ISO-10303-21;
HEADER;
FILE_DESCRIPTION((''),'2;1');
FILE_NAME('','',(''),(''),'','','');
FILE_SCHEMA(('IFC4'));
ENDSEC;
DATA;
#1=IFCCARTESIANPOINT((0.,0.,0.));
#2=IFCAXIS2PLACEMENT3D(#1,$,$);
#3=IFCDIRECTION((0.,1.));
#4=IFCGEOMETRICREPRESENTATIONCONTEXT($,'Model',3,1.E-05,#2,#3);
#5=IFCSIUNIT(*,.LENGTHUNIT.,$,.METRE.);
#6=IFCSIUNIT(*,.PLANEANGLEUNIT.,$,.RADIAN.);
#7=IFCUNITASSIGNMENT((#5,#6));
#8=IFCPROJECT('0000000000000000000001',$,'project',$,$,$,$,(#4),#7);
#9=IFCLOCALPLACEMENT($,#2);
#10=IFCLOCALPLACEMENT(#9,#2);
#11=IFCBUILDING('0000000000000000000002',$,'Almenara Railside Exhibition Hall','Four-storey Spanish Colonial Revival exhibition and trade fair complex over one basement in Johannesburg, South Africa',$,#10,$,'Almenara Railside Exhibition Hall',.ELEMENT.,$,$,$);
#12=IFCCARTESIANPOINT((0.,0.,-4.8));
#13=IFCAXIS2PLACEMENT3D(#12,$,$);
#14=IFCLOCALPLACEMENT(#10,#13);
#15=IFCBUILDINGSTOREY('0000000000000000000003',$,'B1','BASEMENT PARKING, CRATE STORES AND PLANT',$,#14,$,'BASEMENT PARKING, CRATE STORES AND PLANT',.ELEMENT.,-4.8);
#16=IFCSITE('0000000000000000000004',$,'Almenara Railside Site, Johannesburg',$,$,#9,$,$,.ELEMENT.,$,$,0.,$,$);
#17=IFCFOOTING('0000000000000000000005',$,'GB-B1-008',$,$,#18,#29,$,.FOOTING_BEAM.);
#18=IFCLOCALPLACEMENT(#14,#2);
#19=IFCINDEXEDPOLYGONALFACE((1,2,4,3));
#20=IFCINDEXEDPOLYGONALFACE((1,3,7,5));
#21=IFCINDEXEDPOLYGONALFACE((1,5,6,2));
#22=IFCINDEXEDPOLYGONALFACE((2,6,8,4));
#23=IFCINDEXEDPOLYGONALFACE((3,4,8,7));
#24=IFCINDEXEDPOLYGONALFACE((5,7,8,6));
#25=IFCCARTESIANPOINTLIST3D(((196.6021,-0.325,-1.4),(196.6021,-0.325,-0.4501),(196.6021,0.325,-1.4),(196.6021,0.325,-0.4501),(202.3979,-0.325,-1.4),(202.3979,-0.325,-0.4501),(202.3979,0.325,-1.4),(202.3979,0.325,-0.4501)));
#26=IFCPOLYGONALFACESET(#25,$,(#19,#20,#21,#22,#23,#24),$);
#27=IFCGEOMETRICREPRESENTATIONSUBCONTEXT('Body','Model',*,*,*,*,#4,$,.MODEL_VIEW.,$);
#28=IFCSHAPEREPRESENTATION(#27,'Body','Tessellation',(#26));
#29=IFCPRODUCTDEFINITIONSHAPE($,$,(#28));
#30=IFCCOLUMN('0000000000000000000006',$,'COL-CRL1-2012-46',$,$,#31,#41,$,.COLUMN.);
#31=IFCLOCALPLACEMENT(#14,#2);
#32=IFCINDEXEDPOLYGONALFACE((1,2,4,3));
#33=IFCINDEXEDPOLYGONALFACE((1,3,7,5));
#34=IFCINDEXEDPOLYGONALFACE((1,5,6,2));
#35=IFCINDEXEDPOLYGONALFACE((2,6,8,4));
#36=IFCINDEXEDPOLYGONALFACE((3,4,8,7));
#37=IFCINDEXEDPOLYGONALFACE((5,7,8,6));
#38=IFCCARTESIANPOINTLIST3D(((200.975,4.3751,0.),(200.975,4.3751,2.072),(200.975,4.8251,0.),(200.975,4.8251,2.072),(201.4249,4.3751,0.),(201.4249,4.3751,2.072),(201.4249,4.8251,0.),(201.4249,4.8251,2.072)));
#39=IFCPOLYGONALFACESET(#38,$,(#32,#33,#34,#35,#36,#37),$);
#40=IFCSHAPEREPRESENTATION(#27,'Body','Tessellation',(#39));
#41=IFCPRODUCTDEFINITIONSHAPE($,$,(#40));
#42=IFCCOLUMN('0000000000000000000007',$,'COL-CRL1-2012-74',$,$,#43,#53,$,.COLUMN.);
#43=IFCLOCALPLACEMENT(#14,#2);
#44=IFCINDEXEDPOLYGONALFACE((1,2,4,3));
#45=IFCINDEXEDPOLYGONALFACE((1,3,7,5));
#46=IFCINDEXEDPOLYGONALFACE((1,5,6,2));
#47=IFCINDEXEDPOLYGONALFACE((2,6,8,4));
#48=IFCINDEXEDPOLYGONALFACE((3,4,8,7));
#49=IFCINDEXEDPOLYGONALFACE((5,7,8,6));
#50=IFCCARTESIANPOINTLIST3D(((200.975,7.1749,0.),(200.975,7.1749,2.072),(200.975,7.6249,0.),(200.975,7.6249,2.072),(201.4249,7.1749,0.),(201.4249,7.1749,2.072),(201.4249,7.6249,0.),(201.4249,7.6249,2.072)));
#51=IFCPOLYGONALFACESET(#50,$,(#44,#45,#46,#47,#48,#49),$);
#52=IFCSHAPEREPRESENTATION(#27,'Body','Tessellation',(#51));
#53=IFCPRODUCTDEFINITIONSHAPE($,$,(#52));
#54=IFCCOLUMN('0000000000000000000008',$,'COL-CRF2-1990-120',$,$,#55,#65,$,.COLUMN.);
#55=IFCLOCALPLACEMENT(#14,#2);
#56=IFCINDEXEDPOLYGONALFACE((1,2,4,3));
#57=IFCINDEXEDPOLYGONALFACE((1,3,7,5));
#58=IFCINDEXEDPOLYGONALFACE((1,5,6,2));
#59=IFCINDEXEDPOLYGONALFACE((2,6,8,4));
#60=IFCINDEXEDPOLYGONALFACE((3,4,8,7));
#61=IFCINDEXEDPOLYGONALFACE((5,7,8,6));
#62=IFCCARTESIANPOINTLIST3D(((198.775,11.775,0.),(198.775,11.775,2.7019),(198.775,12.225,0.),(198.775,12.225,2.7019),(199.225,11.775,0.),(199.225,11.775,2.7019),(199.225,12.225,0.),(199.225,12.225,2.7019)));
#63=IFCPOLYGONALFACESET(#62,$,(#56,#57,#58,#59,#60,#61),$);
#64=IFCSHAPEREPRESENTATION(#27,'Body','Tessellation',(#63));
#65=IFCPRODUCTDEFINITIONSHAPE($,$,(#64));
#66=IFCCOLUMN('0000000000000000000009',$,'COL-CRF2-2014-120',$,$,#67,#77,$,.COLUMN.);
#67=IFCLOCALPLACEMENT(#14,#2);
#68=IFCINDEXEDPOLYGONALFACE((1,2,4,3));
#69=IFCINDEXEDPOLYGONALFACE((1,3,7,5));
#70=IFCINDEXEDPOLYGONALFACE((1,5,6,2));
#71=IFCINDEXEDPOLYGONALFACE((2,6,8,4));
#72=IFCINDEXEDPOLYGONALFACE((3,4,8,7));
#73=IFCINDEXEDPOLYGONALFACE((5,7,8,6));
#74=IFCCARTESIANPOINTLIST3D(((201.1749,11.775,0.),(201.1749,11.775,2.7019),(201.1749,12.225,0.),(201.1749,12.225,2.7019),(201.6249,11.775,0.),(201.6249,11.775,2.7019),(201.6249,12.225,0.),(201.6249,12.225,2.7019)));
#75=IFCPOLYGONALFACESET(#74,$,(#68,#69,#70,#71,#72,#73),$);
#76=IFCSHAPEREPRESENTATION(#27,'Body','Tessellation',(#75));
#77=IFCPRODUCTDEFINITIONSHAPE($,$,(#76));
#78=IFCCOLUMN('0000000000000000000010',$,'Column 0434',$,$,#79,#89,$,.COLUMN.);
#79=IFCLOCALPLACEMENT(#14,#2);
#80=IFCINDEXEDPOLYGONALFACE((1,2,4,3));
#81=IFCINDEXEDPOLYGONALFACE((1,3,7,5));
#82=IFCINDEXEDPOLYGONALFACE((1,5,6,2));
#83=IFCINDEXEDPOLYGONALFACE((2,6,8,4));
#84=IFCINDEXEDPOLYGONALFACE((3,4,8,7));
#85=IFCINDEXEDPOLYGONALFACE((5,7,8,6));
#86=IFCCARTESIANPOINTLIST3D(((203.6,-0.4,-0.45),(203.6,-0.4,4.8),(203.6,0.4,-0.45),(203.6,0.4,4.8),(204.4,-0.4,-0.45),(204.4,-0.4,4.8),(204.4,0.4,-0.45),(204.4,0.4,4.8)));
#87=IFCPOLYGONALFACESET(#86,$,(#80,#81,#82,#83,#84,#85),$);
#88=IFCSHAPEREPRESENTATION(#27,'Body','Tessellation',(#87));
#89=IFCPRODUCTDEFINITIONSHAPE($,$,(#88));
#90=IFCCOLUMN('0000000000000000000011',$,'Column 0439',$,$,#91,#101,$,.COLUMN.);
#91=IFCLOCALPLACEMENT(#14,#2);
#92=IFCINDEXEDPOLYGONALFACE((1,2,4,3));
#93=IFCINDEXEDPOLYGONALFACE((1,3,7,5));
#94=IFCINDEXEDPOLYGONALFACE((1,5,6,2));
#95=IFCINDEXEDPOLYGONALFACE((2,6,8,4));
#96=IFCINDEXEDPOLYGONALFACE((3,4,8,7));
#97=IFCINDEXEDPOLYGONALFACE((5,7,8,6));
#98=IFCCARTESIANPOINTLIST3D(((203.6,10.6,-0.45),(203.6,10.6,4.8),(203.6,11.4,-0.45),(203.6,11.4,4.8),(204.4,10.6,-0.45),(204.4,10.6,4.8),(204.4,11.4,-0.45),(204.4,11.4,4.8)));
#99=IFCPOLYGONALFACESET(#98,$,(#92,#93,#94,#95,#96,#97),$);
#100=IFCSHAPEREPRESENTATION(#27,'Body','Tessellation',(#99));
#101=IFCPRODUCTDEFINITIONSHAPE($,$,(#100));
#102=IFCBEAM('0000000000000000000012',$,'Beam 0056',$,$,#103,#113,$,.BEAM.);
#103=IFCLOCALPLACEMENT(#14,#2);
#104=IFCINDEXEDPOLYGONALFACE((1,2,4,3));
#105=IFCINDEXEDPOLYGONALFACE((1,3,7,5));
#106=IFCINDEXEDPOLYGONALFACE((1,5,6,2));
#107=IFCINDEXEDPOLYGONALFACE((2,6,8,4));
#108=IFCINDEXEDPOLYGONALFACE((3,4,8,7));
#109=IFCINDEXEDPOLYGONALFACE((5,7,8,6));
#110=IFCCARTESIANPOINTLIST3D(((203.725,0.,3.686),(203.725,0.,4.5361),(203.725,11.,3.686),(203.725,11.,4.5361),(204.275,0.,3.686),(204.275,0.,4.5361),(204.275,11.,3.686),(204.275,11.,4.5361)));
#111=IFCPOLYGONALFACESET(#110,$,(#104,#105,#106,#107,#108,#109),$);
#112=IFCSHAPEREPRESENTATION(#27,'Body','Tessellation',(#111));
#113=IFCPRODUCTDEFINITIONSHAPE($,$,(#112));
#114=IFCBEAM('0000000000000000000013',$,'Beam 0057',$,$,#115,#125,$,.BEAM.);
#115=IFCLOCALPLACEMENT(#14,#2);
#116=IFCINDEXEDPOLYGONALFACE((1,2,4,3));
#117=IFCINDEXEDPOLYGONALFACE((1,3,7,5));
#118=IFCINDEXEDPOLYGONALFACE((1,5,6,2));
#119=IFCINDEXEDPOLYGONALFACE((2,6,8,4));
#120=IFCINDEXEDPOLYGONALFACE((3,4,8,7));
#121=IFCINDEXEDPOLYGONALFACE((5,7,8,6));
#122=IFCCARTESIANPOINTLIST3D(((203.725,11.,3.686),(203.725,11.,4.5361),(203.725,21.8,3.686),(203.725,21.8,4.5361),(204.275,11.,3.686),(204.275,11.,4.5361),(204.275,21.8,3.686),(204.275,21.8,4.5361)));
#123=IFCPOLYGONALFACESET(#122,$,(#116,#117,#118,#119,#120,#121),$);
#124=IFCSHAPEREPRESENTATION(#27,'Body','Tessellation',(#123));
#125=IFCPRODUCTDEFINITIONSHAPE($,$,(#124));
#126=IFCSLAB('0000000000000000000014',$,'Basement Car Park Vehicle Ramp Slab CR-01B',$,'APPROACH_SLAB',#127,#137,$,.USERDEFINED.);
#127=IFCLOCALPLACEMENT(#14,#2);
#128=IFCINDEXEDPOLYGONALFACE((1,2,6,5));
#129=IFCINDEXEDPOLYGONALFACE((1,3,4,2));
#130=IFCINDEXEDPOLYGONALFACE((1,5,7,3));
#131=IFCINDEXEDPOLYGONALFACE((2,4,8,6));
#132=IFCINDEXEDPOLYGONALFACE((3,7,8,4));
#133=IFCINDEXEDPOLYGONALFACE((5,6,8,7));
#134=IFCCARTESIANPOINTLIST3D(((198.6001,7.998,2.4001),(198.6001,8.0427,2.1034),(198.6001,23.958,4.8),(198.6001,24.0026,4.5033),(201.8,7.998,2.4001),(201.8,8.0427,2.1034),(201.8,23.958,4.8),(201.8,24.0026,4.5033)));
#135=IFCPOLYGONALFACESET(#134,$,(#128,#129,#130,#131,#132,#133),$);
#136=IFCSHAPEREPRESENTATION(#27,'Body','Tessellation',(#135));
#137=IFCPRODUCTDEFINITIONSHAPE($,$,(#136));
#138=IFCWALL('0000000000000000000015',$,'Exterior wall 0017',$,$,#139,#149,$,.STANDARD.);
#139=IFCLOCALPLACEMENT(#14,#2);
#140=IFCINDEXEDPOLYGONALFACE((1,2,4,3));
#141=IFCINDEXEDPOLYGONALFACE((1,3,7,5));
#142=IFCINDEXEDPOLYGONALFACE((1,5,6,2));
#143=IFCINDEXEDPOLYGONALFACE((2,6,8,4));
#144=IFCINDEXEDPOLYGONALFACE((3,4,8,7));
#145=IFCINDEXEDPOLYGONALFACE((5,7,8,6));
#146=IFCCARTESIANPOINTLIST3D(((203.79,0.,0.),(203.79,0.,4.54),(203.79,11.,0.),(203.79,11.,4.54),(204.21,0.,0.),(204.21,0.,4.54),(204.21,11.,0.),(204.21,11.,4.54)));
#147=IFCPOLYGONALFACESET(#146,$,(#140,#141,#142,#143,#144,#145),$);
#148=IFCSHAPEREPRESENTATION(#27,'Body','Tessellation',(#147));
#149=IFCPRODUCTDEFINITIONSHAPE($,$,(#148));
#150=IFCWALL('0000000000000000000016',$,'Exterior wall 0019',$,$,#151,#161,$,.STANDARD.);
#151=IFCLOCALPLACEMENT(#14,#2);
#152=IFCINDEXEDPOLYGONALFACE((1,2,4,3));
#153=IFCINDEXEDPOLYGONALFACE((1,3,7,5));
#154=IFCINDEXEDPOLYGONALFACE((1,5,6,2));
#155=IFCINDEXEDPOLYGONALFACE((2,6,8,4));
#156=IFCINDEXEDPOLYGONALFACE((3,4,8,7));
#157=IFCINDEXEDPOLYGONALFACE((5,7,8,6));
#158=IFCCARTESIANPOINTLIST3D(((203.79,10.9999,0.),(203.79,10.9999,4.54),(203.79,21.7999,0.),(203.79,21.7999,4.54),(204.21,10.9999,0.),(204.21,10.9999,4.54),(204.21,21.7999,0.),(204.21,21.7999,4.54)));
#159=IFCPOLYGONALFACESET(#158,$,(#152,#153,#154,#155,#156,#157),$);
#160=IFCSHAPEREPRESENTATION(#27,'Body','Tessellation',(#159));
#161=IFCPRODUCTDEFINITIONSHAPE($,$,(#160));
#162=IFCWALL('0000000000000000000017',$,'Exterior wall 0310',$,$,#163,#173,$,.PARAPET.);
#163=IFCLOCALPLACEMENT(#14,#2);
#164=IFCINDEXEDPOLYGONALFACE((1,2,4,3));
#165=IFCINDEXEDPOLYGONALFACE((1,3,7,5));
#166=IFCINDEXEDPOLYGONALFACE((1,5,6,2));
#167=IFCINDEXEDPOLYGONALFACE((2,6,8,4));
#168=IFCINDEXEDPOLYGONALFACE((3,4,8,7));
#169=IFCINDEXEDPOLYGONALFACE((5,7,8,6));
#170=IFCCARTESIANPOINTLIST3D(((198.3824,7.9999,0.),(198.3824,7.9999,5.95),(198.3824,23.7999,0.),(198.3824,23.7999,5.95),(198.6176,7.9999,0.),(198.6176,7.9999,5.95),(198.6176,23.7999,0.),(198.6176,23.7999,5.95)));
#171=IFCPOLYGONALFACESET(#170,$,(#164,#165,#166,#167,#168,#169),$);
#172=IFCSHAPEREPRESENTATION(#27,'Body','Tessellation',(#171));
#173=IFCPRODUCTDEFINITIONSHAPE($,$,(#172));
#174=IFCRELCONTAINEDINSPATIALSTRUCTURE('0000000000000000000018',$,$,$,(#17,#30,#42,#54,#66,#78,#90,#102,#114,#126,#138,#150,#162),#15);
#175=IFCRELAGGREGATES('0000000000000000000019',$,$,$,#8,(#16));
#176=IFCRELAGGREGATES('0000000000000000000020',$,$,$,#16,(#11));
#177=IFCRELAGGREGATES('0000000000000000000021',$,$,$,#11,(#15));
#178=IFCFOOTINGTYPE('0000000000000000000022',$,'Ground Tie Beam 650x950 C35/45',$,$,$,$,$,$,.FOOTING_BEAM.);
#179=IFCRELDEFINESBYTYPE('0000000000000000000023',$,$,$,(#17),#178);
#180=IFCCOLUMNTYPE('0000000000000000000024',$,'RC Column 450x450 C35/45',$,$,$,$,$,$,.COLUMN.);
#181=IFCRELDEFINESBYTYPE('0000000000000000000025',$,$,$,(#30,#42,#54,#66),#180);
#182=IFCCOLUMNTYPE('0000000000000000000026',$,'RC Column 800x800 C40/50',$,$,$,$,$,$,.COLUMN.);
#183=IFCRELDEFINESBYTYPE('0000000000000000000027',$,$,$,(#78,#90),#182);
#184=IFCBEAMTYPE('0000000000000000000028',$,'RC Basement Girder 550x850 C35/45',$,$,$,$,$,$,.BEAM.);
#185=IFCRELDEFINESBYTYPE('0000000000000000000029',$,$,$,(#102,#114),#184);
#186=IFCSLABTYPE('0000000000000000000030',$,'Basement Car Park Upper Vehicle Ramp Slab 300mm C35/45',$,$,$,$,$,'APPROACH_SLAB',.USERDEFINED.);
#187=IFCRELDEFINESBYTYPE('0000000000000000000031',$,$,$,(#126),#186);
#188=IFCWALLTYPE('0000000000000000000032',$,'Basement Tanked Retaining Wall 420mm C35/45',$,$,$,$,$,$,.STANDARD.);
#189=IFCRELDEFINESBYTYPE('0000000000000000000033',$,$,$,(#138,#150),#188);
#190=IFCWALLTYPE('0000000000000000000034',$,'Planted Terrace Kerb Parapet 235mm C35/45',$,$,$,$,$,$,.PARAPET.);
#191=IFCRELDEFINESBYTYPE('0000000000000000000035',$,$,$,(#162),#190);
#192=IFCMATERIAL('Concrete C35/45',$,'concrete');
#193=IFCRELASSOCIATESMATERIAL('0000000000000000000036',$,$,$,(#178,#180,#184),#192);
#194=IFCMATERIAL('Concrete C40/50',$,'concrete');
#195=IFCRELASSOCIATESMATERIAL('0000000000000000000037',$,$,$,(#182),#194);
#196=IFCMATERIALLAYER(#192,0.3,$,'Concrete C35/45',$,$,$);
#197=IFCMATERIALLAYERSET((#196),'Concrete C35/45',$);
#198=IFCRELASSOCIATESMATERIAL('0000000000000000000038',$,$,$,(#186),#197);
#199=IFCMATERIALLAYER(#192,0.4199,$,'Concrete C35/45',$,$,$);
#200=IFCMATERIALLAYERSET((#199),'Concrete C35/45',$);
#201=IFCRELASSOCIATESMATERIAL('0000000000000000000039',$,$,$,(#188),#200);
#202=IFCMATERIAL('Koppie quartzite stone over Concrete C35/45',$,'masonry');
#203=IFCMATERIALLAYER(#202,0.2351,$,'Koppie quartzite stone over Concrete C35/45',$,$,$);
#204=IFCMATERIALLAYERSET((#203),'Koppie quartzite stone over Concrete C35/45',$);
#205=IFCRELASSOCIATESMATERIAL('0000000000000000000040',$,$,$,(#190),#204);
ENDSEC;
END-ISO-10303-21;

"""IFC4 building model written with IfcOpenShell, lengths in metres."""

from ifc_helpers import new_model, si_unit, direction, frame, frame_2d, origin, origin_2d, place, context, subcontext, project, spatial, polyline, rectangle, outline, extrude, material, layer, layer_set, material_profile, profile_set, type_object, element, save


model = new_model("IFC4")

# Units and contexts
model_context = context("Model", 3, precision=1e-05, world=origin(), true_north=direction((0.0, 1.0)))
body_context = subcontext(model_context, "Body", "Model", "MODEL_VIEW")
ifc_project = project(units=[si_unit("LENGTHUNIT", "METRE"), si_unit("PLANEANGLEUNIT", "RADIAN")], contexts=[model_context])

# Site, building, storey
site_placement = place(None, origin())
site = spatial("IfcSite", under=ifc_project, at=site_placement, Name="Almenara Railside Site, Johannesburg", CompositionType="ELEMENT", RefElevation=0.0)
building_placement = place(site_placement, origin())
building = spatial("IfcBuilding", under=site, at=building_placement, Name="Almenara Railside Exhibition Hall", Description="Four-storey Spanish Colonial Revival exhibition and trade fair complex over one basement in Johannesburg, South Africa", LongName="Almenara Railside Exhibition Hall", CompositionType="ELEMENT")
storey_placement = place(building_placement, frame((0.0, 0.0, -4.8)))
storey = spatial("IfcBuildingStorey", under=building, at=storey_placement, Name="B1", Description="BASEMENT PARKING, CRATE STORES AND PLANT", LongName="BASEMENT PARKING, CRATE STORES AND PLANT", CompositionType="ELEMENT", Elevation=-4.8)

# Shared definitions
ifc_material_1 = material(Name="Concrete C40/50", Category="concrete")

# Footing
ifc_material_2 = material(Name="Concrete C35/45", Category="concrete")
ifc_material_profile_1 = material_profile(ifc_material_2, rectangle(XDim=0.6499, YDim=0.95, at=origin_2d()), Name="RC-GB 650x950")
ifc_profile_set_1 = profile_set([ifc_material_profile_1], Name="Concrete C35/45")
footing_type = type_object("IfcFootingType", Name="Ground Tie Beam 650x950 C35/45", PredefinedType="FOOTING_BEAM", material=ifc_profile_set_1)
footing_placement = place(storey_placement, frame((196.6021, 0.0, -0.925), z_axis=(1.0, 0.0, 0.0), x_axis=(0.0, 1.0, 0.0)))
element("IfcFooting", 1, at=footing_placement, inside=storey, type_object=footing_type, Name="GB-B1-008", PredefinedType="FOOTING_BEAM", context=body_context, shape_type="SweptSolid", body=[
    extrude(rectangle(XDim=0.6499, YDim=0.95, at=origin_2d()), origin(), (0.0, 0.0, 1.0), 5.7959),
])

# Columns
ifc_material_profile_2 = material_profile(ifc_material_2, rectangle(XDim=0.45, YDim=0.45, at=origin_2d()), Name="RC 450x450")
ifc_profile_set_2 = profile_set([ifc_material_profile_2], Name="Concrete C35/45")
column_type_1 = type_object("IfcColumnType", Name="RC Column 450x450 C35/45", PredefinedType="COLUMN", material=ifc_profile_set_2)
for number, where, z_axis, x_axis, name in (
    (2, (201.2, 4.6001, 0.0), (0.0, 0.0, 1.0), (1.0, 0.0, 0.0), "COL-CRL1-2012-46"),
    (3, (201.2, 7.3999, 0.0), (0.0, 0.0, 1.0), (1.0, 0.0, 0.0), "COL-CRL1-2012-74"),
):
    element("IfcColumn", number, at=place(storey_placement, frame(where, z_axis=z_axis, x_axis=x_axis)), inside=storey, type_object=column_type_1, Name=name, PredefinedType="COLUMN", context=body_context, shape_type="SweptSolid", body=[
        extrude(rectangle(XDim=0.45, YDim=0.45, at=origin_2d()), origin(), (0.0, 0.0, 1.0), 2.072),
    ])
for number, where, z_axis, x_axis, name in (
    (4, (199.0, 12.0, 0.0), (0.0, 0.0, 1.0), (1.0, 0.0, 0.0), "COL-CRF2-1990-120"),
    (5, (201.3999, 12.0, 0.0), (0.0, 0.0, 1.0), (1.0, 0.0, 0.0), "COL-CRF2-2014-120"),
):
    element("IfcColumn", number, at=place(storey_placement, frame(where, z_axis=z_axis, x_axis=x_axis)), inside=storey, type_object=column_type_1, Name=name, PredefinedType="COLUMN", context=body_context, shape_type="SweptSolid", body=[
        extrude(rectangle(XDim=0.45, YDim=0.45, at=origin_2d()), origin(), (0.0, 0.0, 1.0), 2.7019),
    ])
ifc_material_profile_3 = material_profile(ifc_material_1, rectangle(XDim=0.8, YDim=0.8, at=origin_2d()), Name="RC 800x800")
ifc_profile_set_3 = profile_set([ifc_material_profile_3], Name="Concrete C40/50")
column_type_2 = type_object("IfcColumnType", Name="RC Column 800x800 C40/50", PredefinedType="COLUMN", material=ifc_profile_set_3)
for number, where, z_axis, x_axis, name in (
    (6, (204.0, 0.0, -0.45), (0.0, 0.0, 1.0), (1.0, 0.0, 0.0), "Column 0434"),
    (7, (204.0, 11.0, -0.45), (0.0, 0.0, 1.0), (1.0, 0.0, 0.0), "Column 0439"),
):
    element("IfcColumn", number, at=place(storey_placement, frame(where, z_axis=z_axis, x_axis=x_axis)), inside=storey, type_object=column_type_2, Name=name, PredefinedType="COLUMN", context=body_context, shape_type="SweptSolid", body=[
        extrude(rectangle(XDim=0.8, YDim=0.8, at=origin_2d()), origin(), (0.0, 0.0, 1.0), 5.25),
    ])

# Beams
ifc_material_profile_4 = material_profile(ifc_material_2, rectangle(XDim=0.55, YDim=0.8501, at=origin_2d()), Name="RC 550x850")
ifc_profile_set_4 = profile_set([ifc_material_profile_4], Name="Concrete C35/45")
beam_type = type_object("IfcBeamType", Name="RC Basement Girder 550x850 C35/45", PredefinedType="BEAM", material=ifc_profile_set_4)
beam_1_placement = place(storey_placement, frame((204.0, 0.0, 4.1111), z_axis=(0.0, 1.0, 0.0), x_axis=(-1.0, 0.0, 0.0)))
element("IfcBeam", 8, at=beam_1_placement, inside=storey, type_object=beam_type, Name="Beam 0056", PredefinedType="BEAM", context=body_context, shape_type="SweptSolid", body=[
    extrude(rectangle(XDim=0.55, YDim=0.8501, at=origin_2d()), origin(), (0.0, 0.0, 1.0), 11.0),
])
beam_2_placement = place(storey_placement, frame((204.0, 11.0, 4.1111), z_axis=(0.0, 1.0, 0.0), x_axis=(-1.0, 0.0, 0.0)))
element("IfcBeam", 9, at=beam_2_placement, inside=storey, type_object=beam_type, Name="Beam 0057", PredefinedType="BEAM", context=body_context, shape_type="SweptSolid", body=[
    extrude(rectangle(XDim=0.55, YDim=0.8501, at=origin_2d()), origin(), (0.0, 0.0, 1.0), 10.8),
])

# Slab
ifc_layer_1 = layer(ifc_material_2, 0.3, Name="Concrete C35/45")
ifc_layer_set_1 = layer_set([ifc_layer_1], Name="Concrete C35/45")
slab_type = type_object("IfcSlabType", Name="Basement Car Park Upper Vehicle Ramp Slab 300mm C35/45", ElementType="APPROACH_SLAB", PredefinedType="USERDEFINED", material=ifc_layer_set_1)
slab_placement = place(storey_placement, frame((198.6001, 7.998, 2.4001), z_axis=(0.0, -0.148698, 0.988883), x_axis=(1.0, 0.0, 0.0)))
element("IfcSlab", 10, at=slab_placement, inside=storey, type_object=slab_type, Name="Basement Car Park Vehicle Ramp Slab CR-01B", ObjectType="APPROACH_SLAB", PredefinedType="USERDEFINED", context=body_context, shape_type="SweptSolid", body=[
    extrude(outline(polyline([(0.0, 0.0), (3.2, 0.0), (3.2, 16.1394), (0.0, 16.1394), (0.0, 0.0)])), origin(), (0.0, 0.0, -1.0), 0.3),
])

# Walls
ifc_layer_2 = layer(ifc_material_2, 0.4199, Name="Concrete C35/45")
ifc_layer_set_2 = layer_set([ifc_layer_2], Name="Concrete C35/45")
wall_type_1 = type_object("IfcWallType", Name="Basement Tanked Retaining Wall 420mm C35/45", PredefinedType="STANDARD", material=ifc_layer_set_2)
wall_1_placement = place(storey_placement, frame((204.0, 0.0, 0.0), z_axis=(0.0, 0.0, 1.0), x_axis=(0.0, 1.0, 0.0)))
element("IfcWall", 11, at=wall_1_placement, inside=storey, type_object=wall_type_1, Name="Exterior wall 0017", PredefinedType="STANDARD", context=body_context, shape_type="SweptSolid", body=[
    extrude(rectangle(XDim=11.0, YDim=0.4199, at=frame_2d((5.5, 0.0))), origin(), (0.0, 0.0, 1.0), 4.54),
])
wall_2_placement = place(storey_placement, frame((204.0, 11.0, 0.0), z_axis=(0.0, 0.0, 1.0), x_axis=(0.0, 1.0, 0.0)))
element("IfcWall", 12, at=wall_2_placement, inside=storey, type_object=wall_type_1, Name="Exterior wall 0019", PredefinedType="STANDARD", context=body_context, shape_type="SweptSolid", body=[
    extrude(rectangle(XDim=10.8, YDim=0.4199, at=frame_2d((5.3999, 0.0))), origin(), (0.0, 0.0, 1.0), 4.54),
])
ifc_material_3 = material(Name="Koppie quartzite stone over Concrete C35/45", Category="masonry")
ifc_layer_3 = layer(ifc_material_3, 0.2351, Name="Koppie quartzite stone over Concrete C35/45")
ifc_layer_set_3 = layer_set([ifc_layer_3], Name="Koppie quartzite stone over Concrete C35/45")
wall_type_2 = type_object("IfcWallType", Name="Planted Terrace Kerb Parapet 235mm C35/45", PredefinedType="PARAPET", material=ifc_layer_set_3)
wall_3_placement = place(storey_placement, frame((198.5, 8.0, 0.0), z_axis=(0.0, 0.0, 1.0), x_axis=(0.0, 1.0, 0.0)))
element("IfcWall", 13, at=wall_3_placement, inside=storey, type_object=wall_type_2, Name="Exterior wall 0310", PredefinedType="PARAPET", context=body_context, shape_type="SweptSolid", body=[
    extrude(rectangle(XDim=15.8, YDim=0.2351, at=frame_2d((7.8999, 0.0))), origin(), (0.0, 0.0, 1.0), 5.95),
])

save(model, "model.ifc")
